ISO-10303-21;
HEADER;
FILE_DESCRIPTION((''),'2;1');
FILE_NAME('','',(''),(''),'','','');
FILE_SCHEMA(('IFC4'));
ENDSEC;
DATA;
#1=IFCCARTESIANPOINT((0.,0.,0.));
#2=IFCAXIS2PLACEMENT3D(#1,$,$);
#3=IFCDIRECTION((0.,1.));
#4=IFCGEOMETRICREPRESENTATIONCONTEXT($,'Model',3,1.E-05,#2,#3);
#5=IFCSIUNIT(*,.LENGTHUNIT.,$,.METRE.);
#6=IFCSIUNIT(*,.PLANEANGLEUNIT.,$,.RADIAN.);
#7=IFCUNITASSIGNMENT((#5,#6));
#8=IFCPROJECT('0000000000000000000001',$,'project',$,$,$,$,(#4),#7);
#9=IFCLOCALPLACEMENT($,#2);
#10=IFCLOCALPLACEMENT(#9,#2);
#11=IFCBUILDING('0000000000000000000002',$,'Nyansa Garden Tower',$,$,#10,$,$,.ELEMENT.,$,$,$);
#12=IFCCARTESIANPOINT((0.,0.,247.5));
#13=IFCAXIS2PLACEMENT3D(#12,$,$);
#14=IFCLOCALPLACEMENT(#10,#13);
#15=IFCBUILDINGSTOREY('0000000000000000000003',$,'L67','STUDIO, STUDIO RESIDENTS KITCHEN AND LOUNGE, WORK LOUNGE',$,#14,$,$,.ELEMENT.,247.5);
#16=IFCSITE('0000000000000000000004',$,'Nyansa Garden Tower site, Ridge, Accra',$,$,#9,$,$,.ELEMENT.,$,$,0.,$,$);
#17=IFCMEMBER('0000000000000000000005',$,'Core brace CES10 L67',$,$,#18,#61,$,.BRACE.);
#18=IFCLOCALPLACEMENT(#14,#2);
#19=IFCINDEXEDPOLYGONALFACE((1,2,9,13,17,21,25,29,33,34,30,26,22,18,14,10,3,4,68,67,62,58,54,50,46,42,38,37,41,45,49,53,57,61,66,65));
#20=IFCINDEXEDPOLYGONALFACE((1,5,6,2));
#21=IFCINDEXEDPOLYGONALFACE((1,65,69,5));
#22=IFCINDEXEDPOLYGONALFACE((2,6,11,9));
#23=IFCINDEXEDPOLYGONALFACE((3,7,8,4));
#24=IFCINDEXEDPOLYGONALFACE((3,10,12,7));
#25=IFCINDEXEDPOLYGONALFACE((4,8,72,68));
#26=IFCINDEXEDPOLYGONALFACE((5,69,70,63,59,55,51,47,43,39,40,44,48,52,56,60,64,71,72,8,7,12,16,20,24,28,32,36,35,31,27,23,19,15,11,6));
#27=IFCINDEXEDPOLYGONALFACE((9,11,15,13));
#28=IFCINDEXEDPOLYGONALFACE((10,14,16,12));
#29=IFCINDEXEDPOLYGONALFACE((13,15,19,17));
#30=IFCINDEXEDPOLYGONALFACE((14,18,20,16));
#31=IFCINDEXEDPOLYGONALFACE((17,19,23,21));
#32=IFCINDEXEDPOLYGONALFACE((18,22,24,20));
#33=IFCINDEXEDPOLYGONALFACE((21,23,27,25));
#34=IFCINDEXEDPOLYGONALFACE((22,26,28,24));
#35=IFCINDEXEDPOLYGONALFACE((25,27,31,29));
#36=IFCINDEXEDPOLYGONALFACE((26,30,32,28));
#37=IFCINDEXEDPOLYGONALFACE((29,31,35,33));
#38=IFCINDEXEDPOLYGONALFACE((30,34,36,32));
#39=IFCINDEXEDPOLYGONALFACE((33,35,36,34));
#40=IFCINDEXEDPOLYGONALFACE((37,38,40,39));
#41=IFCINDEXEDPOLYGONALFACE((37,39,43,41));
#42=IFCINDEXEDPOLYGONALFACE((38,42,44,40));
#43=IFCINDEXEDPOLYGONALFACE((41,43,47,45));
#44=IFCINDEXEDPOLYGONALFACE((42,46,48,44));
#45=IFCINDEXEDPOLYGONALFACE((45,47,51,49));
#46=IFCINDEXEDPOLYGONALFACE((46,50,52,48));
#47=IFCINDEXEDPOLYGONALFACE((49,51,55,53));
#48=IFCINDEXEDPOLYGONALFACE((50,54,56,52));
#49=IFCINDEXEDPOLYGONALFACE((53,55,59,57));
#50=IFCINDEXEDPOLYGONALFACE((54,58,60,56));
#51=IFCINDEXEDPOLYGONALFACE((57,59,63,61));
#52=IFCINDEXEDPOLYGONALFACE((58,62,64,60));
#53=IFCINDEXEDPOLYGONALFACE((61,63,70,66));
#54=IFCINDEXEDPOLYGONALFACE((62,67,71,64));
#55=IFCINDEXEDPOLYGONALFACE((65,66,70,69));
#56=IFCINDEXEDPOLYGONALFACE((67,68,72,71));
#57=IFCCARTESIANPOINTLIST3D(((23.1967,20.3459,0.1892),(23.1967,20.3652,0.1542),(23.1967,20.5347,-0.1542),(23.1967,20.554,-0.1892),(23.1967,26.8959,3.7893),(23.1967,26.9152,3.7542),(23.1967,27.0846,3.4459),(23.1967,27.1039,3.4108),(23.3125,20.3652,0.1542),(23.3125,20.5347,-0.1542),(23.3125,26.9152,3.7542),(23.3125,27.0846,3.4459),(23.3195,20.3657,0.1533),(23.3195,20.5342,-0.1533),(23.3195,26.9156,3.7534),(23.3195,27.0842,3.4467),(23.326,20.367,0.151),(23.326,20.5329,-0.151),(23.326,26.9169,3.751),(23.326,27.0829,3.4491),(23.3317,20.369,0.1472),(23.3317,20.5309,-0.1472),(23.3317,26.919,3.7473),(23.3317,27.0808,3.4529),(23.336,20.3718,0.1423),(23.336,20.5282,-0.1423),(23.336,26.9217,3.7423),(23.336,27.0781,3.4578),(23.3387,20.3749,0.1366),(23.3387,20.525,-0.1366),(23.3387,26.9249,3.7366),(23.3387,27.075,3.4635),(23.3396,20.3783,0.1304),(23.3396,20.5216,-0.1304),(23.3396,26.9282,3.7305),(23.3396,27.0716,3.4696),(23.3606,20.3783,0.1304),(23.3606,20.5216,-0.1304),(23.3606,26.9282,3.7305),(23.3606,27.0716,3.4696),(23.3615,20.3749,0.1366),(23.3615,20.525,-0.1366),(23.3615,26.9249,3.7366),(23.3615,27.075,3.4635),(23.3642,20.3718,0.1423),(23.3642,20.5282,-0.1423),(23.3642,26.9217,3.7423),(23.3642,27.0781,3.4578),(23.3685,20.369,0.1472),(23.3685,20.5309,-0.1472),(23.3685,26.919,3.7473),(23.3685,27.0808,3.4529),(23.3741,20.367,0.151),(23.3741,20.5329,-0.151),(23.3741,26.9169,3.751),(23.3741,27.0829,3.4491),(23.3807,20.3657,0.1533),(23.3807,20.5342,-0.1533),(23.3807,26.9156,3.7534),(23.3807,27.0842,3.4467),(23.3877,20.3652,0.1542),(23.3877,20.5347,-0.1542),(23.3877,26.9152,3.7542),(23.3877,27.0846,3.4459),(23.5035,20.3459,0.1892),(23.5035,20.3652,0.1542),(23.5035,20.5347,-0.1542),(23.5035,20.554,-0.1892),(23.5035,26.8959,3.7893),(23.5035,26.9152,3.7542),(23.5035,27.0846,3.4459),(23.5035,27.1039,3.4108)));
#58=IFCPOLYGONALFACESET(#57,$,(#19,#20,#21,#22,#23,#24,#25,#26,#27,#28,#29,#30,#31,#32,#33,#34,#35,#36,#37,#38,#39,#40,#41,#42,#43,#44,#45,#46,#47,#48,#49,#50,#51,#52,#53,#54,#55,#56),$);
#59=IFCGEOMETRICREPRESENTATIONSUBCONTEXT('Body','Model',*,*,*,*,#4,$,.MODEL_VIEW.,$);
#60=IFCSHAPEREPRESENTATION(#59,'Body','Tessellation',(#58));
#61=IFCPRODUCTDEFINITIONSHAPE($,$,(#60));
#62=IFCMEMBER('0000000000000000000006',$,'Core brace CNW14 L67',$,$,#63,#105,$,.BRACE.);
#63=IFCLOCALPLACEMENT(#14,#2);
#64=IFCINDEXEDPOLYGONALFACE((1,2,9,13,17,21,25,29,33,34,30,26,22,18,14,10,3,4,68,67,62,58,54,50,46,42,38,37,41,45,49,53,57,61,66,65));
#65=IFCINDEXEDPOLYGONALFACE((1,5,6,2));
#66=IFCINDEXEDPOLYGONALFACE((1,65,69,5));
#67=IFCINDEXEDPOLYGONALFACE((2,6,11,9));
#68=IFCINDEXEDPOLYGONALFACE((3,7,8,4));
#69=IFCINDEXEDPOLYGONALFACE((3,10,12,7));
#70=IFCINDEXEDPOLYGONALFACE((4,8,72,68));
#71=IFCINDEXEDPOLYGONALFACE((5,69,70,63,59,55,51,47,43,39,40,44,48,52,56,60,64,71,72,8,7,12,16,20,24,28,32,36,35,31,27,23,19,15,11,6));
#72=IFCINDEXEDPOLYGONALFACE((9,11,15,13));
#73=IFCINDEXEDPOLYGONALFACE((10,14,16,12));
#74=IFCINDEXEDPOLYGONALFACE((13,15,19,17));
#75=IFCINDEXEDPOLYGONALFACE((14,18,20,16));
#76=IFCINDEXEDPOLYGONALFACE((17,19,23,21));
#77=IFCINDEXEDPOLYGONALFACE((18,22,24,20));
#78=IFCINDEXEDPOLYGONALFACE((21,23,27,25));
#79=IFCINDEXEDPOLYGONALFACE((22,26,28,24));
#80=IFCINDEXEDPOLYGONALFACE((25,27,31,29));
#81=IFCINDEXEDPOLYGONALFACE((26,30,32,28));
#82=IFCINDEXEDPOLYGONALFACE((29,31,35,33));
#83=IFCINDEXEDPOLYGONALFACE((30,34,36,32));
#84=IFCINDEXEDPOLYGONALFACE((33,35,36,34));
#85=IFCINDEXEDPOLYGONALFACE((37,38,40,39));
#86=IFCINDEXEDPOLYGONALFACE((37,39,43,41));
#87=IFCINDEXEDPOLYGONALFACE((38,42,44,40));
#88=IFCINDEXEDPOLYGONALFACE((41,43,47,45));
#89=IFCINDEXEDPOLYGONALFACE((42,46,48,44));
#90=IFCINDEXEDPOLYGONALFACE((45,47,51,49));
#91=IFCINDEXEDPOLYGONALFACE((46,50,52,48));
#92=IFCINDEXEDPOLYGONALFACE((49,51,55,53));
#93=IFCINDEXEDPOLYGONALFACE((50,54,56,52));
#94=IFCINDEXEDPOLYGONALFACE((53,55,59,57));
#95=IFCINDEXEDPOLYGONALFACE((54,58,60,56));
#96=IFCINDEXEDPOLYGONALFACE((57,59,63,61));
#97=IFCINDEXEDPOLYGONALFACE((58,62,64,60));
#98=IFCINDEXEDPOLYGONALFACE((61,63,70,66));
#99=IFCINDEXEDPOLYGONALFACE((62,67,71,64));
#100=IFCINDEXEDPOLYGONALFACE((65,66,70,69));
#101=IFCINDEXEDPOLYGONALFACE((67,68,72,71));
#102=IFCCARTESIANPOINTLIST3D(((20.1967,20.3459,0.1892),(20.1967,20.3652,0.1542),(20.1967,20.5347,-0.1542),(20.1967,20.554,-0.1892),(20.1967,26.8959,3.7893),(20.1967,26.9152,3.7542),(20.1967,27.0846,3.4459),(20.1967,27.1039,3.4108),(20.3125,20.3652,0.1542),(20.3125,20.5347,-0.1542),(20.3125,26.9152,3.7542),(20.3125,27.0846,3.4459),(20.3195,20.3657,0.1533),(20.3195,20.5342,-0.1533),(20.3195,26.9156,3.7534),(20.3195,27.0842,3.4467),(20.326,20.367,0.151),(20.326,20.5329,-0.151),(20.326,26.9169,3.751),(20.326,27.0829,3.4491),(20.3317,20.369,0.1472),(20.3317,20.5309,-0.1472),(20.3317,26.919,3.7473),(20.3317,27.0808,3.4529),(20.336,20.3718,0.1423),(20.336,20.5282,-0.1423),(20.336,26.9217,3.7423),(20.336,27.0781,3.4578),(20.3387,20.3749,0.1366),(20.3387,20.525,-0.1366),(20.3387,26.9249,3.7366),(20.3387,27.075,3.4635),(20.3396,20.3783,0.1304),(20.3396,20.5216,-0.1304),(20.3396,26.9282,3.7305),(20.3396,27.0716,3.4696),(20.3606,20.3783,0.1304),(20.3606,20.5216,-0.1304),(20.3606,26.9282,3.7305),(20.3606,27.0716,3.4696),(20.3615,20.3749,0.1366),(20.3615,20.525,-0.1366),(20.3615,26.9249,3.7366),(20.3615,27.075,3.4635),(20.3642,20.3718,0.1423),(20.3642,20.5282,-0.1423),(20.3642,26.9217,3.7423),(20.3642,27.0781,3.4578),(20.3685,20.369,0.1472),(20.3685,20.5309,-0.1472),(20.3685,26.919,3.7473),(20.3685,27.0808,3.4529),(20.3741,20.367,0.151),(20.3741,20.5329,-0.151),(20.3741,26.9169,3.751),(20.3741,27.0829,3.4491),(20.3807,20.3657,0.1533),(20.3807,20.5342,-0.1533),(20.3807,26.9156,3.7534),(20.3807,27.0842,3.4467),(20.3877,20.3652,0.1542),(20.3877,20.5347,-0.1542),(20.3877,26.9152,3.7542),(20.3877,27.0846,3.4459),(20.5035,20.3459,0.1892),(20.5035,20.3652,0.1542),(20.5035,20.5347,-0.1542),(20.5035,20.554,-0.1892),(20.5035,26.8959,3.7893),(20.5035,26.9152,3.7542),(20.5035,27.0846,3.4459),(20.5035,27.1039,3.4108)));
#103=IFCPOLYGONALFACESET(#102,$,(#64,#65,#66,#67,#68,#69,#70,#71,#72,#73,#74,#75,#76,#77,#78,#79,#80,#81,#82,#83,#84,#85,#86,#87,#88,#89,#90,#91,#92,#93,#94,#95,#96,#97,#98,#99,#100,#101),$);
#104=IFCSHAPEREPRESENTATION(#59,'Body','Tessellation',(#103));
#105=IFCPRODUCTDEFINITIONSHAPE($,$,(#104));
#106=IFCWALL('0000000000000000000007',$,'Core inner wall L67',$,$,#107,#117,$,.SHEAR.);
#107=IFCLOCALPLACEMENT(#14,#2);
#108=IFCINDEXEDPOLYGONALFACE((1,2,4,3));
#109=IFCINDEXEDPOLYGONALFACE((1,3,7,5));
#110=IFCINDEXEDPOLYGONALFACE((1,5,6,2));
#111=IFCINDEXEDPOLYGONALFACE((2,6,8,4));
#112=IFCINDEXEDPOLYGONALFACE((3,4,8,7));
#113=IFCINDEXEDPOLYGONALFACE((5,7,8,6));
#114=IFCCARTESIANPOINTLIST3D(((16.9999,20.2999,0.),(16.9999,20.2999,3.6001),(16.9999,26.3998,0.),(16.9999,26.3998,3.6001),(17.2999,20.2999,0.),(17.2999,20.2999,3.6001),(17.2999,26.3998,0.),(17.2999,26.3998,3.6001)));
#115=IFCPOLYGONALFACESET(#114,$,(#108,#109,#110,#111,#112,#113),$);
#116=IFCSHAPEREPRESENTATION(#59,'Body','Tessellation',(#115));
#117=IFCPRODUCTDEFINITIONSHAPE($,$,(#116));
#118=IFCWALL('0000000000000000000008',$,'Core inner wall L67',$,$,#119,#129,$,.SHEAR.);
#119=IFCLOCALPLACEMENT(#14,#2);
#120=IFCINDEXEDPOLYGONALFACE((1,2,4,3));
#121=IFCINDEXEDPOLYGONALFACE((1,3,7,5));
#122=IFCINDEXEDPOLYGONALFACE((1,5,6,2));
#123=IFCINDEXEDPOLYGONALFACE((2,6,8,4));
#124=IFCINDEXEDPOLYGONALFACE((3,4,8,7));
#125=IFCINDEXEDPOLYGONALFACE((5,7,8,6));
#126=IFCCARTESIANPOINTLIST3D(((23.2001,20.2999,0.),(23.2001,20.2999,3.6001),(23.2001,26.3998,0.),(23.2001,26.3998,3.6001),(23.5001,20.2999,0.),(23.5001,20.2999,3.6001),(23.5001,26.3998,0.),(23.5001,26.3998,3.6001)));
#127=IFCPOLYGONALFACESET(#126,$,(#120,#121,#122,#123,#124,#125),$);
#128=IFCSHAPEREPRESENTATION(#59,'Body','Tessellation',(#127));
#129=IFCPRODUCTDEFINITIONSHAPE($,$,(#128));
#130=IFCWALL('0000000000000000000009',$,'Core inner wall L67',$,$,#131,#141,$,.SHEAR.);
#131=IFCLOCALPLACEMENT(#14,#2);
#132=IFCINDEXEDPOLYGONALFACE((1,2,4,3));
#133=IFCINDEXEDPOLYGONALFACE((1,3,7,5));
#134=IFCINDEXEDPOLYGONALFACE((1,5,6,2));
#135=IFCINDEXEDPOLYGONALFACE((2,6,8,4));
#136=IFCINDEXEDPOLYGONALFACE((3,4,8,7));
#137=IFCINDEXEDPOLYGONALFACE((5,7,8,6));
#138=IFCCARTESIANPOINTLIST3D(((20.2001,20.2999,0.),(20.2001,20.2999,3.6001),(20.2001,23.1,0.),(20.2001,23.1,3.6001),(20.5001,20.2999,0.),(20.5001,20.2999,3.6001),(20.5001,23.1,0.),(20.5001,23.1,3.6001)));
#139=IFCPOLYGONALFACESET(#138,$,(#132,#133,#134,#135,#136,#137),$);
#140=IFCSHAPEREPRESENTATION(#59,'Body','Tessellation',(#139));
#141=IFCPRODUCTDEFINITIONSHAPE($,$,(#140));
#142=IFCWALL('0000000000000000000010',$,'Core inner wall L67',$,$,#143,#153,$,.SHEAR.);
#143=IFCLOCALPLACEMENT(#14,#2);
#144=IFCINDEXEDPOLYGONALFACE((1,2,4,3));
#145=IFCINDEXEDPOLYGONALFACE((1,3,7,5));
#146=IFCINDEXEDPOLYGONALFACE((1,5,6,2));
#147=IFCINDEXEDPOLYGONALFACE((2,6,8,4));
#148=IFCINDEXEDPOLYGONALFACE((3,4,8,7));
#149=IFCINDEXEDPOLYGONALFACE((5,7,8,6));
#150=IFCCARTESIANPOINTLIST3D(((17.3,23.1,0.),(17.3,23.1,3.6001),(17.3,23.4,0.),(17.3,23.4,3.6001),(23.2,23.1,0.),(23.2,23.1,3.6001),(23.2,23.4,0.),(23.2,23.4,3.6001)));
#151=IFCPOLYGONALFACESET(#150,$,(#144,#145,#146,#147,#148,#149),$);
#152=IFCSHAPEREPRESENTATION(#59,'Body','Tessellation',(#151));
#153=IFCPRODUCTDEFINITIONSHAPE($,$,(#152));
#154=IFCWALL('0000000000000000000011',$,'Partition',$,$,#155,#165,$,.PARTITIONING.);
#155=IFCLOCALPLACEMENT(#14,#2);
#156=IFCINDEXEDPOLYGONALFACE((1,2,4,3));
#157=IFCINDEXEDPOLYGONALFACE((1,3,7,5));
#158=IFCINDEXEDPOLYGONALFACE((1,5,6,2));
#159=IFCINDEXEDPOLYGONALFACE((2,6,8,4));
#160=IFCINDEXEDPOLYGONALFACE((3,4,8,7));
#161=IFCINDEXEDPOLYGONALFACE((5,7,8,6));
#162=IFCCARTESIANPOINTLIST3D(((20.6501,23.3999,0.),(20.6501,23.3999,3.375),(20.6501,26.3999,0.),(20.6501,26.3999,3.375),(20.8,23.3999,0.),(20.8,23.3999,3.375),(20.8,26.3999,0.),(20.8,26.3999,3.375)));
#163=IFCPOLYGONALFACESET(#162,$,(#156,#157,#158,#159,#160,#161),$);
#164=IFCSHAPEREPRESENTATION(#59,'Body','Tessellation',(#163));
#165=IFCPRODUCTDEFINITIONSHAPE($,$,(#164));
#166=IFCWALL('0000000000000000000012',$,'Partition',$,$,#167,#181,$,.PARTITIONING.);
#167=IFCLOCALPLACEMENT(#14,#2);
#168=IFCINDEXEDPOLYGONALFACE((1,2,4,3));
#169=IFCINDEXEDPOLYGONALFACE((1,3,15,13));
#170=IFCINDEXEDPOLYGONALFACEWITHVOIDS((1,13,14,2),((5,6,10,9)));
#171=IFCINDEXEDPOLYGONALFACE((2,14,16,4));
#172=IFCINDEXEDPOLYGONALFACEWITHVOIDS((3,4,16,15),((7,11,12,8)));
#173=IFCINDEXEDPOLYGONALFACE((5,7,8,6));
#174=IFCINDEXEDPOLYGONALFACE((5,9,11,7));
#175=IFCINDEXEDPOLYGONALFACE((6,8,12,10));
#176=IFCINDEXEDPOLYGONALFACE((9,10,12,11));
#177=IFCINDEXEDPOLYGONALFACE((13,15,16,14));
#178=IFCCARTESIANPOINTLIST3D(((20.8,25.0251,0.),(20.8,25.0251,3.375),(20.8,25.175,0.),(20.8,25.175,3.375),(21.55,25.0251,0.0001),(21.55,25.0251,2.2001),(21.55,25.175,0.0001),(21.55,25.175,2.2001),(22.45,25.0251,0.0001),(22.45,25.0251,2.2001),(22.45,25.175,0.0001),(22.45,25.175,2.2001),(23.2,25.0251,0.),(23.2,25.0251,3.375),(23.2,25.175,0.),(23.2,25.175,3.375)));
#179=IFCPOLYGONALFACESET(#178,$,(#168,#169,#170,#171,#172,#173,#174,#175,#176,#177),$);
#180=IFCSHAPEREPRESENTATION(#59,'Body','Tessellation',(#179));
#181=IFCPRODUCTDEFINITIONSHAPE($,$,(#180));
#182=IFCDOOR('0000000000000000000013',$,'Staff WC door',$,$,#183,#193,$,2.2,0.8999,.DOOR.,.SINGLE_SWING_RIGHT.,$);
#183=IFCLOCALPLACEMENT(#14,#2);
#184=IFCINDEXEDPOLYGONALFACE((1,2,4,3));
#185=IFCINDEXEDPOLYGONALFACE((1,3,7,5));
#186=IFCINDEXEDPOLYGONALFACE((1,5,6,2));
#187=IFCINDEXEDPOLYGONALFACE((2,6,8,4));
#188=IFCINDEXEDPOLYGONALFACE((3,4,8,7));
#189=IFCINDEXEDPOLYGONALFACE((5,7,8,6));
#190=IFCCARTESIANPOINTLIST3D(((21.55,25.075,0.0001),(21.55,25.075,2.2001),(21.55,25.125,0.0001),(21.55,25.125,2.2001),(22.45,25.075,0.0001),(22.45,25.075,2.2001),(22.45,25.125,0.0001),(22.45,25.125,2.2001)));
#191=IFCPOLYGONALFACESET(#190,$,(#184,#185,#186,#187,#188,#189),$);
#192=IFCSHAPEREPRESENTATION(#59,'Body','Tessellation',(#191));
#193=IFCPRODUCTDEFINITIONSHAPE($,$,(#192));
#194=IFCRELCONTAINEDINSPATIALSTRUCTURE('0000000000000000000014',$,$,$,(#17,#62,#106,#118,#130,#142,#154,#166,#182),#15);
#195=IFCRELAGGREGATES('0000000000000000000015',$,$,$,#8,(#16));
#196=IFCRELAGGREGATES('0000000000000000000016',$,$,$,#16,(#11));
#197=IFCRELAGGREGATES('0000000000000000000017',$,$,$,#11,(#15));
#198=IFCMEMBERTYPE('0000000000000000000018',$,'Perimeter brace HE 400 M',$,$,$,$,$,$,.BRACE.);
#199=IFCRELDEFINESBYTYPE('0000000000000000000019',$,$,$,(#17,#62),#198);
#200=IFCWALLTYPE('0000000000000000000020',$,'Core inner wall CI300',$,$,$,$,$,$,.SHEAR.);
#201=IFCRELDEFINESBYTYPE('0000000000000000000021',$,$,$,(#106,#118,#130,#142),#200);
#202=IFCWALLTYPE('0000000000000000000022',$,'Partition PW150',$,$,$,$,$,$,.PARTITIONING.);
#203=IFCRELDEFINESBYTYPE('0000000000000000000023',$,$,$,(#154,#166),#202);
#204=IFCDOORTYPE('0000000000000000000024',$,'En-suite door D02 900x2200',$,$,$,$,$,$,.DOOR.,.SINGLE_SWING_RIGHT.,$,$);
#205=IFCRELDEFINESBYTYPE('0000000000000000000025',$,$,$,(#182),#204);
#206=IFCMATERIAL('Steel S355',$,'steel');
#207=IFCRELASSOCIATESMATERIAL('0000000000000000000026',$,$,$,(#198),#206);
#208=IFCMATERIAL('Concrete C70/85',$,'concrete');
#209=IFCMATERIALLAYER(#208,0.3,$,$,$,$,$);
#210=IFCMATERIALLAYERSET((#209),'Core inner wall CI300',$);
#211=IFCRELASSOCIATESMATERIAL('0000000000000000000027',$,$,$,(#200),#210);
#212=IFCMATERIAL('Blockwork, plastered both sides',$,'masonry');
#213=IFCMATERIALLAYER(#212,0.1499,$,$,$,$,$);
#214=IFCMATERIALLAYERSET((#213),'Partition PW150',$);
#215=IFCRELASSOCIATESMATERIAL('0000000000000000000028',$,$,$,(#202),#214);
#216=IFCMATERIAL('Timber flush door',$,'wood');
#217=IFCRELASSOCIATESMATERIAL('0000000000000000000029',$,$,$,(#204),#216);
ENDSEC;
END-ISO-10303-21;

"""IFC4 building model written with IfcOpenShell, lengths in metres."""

from ifc_helpers import new_model, si_unit, direction, frame, frame_2d, origin, origin_2d, place, context, subcontext, project, spatial, rectangle, i_section, extrude, material, layer, layer_set, material_profile, profile_set, type_object, element, fill, save


model = new_model("IFC4")

# Units and contexts
model_context = context("Model", 3, precision=1e-05, world=origin(), true_north=direction((0.0, 1.0)))
body_context = subcontext(model_context, "Body", "Model", "MODEL_VIEW")
ifc_project = project(units=[si_unit("LENGTHUNIT", "METRE"), si_unit("PLANEANGLEUNIT", "RADIAN")], contexts=[model_context])

# Site, building, storey
site_placement = place(None, origin())
site = spatial("IfcSite", under=ifc_project, at=site_placement, Name="Nyansa Garden Tower site, Ridge, Accra", CompositionType="ELEMENT", RefElevation=0.0)
building_placement = place(site_placement, origin())
building = spatial("IfcBuilding", under=site, at=building_placement, Name="Nyansa Garden Tower", CompositionType="ELEMENT")
storey_placement = place(building_placement, frame((0.0, 0.0, 247.5)))
storey = spatial("IfcBuildingStorey", under=building, at=storey_placement, Name="L67", Description="STUDIO, STUDIO RESIDENTS KITCHEN AND LOUNGE, WORK LOUNGE", CompositionType="ELEMENT", Elevation=247.5)

# Members
ifc_material_1 = material(Name="Steel S355", Category="steel")
ifc_material_profile = material_profile(ifc_material_1, i_section(OverallWidth=0.3069, OverallDepth=0.4319, WebThickness=0.021, FlangeThickness=0.04, FilletRadius=0.0271, at=origin_2d()), Name="HE 400 M")
ifc_profile_set = profile_set([ifc_material_profile], Name="Steel S355")
member_type = type_object("IfcMemberType", Name="Perimeter brace HE 400 M", PredefinedType="BRACE", material=ifc_profile_set)
for number, where, z_axis, x_axis, name in (
    (1, (23.3501, 20.45, 0.0), (0.0, 0.876353, 0.481669), (-1.0, 0.0, 0.0), "Core brace CES10 L67"),
    (2, (20.3501, 20.45, 0.0), (0.0, 0.876353, 0.481669), (-1.0, 0.0, 0.0), "Core brace CNW14 L67"),
):
    element("IfcMember", number, at=place(storey_placement, frame(where, z_axis=z_axis, x_axis=x_axis)), inside=storey, type_object=member_type, Name=name, PredefinedType="BRACE", context=body_context, shape_type="SweptSolid", body=[
        extrude(i_section(OverallWidth=0.3069, OverallDepth=0.4319, WebThickness=0.021, FlangeThickness=0.04, FilletRadius=0.0271, at=origin_2d()), origin(), (0.0, 0.0, 1.0), 7.4741),
    ])

# Walls
ifc_material_2 = material(Name="Concrete C70/85", Category="concrete")
ifc_layer_1 = layer(ifc_material_2, 0.3)
ifc_layer_set_1 = layer_set([ifc_layer_1], Name="Core inner wall CI300")
wall_type_1 = type_object("IfcWallType", Name="Core inner wall CI300", PredefinedType="SHEAR", material=ifc_layer_set_1)
for number, where, z_axis, x_axis, name in (
    (3, (17.1499, 20.3, 0.0), (0.0, 0.0, 1.0), (0.0, 1.0, 0.0), "Core inner wall L67"),
    (4, (23.3501, 20.3, 0.0), (0.0, 0.0, 1.0), (0.0, 1.0, 0.0), "Core inner wall L67"),
):
    element("IfcWall", number, at=place(storey_placement, frame(where, z_axis=z_axis, x_axis=x_axis)), inside=storey, type_object=wall_type_1, Name=name, PredefinedType="SHEAR", context=body_context, shape_type="SweptSolid", body=[
        extrude(rectangle(XDim=6.0999, YDim=0.3, at=frame_2d((3.0498, 0.0))), origin(), (0.0, 0.0, 1.0), 3.6001),
    ])
wall_1_placement = place(storey_placement, frame((20.3501, 20.3, 0.0), z_axis=(0.0, 0.0, 1.0), x_axis=(0.0, 1.0, 0.0)))
element("IfcWall", 5, at=wall_1_placement, inside=storey, type_object=wall_type_1, Name="Core inner wall L67", PredefinedType="SHEAR", context=body_context, shape_type="SweptSolid", body=[
    extrude(rectangle(XDim=2.8, YDim=0.3, at=frame_2d((1.3999, 0.0))), origin(), (0.0, 0.0, 1.0), 3.6001),
])
wall_2_placement = place(storey_placement, frame((17.3, 23.25, 0.0), z_axis=(0.0, 0.0, 1.0), x_axis=(1.0, 0.0, 0.0)))
element("IfcWall", 6, at=wall_2_placement, inside=storey, type_object=wall_type_1, Name="Core inner wall L67", PredefinedType="SHEAR", context=body_context, shape_type="SweptSolid", body=[
    extrude(rectangle(XDim=5.8999, YDim=0.3, at=frame_2d((2.95, 0.0))), origin(), (0.0, 0.0, 1.0), 3.6001),
])
ifc_material_3 = material(Name="Blockwork, plastered both sides", Category="masonry")
ifc_layer_2 = layer(ifc_material_3, 0.1499)
ifc_layer_set_2 = layer_set([ifc_layer_2], Name="Partition PW150")
wall_type_2 = type_object("IfcWallType", Name="Partition PW150", PredefinedType="PARTITIONING", material=ifc_layer_set_2)
wall_3_placement = place(storey_placement, frame((20.7251, 23.3999, 0.0), z_axis=(0.0, 0.0, 1.0), x_axis=(0.0, 1.0, 0.0)))
element("IfcWall", 7, at=wall_3_placement, inside=storey, type_object=wall_type_2, Name="Partition", PredefinedType="PARTITIONING", context=body_context, shape_type="SweptSolid", body=[
    extrude(rectangle(XDim=3.0, YDim=0.1499, at=frame_2d((1.5, 0.0))), origin(), (0.0, 0.0, 1.0), 3.375),
])

# Wall, opening, door
wall_4_placement = place(storey_placement, frame((20.8, 25.1001, 0.0), z_axis=(0.0, 0.0, 1.0), x_axis=(1.0, 0.0, 0.0)))
wall_4 = element("IfcWall", 8, at=wall_4_placement, inside=storey, type_object=wall_type_2, Name="Partition", PredefinedType="PARTITIONING", context=body_context, shape_type="SweptSolid", body=[
    extrude(rectangle(XDim=2.3999, YDim=0.1499, at=frame_2d((1.2, 0.0))), origin(), (0.0, 0.0, 1.0), 3.375),
])
opening_placement = place(wall_4_placement, frame((0.75, 0.0, 0.0)))
opening = element("IfcOpeningElement", 9, at=opening_placement, cuts=wall_4, PredefinedType="OPENING", context=body_context, shape_type="SweptSolid", body=[
    extrude(rectangle(XDim=0.8999, YDim=2.2, at=frame_2d((0.45, 1.1001))), frame((0.0, 0.085, 0.0), z_axis=(0.0, -1.0, 0.0), x_axis=(1.0, 0.0, 0.0)), (0.0, 0.0, 1.0), 0.1699),
])
ifc_material_4 = material(Name="Timber flush door", Category="wood")
door_type = type_object("IfcDoorType", Name="En-suite door D02 900x2200", OperationType="SINGLE_SWING_RIGHT", PredefinedType="DOOR", material=ifc_material_4)
door_placement = place(opening_placement, origin())
door = element("IfcDoor", 10, at=door_placement, inside=storey, type_object=door_type, Name="Staff WC door", OperationType="SINGLE_SWING_RIGHT", OverallHeight=2.2, OverallWidth=0.8999, PredefinedType="DOOR", context=body_context, shape_type="SweptSolid", body=[
    extrude(rectangle(XDim=0.8999, YDim=2.2, at=frame_2d((0.45, 1.1001))), frame((0.0, 0.0249, 0.0), z_axis=(0.0, -1.0, 0.0), x_axis=(1.0, 0.0, 0.0)), (0.0, 0.0, 1.0), 0.05),
])
fill(opening, door)

save(model, "model.ifc")
